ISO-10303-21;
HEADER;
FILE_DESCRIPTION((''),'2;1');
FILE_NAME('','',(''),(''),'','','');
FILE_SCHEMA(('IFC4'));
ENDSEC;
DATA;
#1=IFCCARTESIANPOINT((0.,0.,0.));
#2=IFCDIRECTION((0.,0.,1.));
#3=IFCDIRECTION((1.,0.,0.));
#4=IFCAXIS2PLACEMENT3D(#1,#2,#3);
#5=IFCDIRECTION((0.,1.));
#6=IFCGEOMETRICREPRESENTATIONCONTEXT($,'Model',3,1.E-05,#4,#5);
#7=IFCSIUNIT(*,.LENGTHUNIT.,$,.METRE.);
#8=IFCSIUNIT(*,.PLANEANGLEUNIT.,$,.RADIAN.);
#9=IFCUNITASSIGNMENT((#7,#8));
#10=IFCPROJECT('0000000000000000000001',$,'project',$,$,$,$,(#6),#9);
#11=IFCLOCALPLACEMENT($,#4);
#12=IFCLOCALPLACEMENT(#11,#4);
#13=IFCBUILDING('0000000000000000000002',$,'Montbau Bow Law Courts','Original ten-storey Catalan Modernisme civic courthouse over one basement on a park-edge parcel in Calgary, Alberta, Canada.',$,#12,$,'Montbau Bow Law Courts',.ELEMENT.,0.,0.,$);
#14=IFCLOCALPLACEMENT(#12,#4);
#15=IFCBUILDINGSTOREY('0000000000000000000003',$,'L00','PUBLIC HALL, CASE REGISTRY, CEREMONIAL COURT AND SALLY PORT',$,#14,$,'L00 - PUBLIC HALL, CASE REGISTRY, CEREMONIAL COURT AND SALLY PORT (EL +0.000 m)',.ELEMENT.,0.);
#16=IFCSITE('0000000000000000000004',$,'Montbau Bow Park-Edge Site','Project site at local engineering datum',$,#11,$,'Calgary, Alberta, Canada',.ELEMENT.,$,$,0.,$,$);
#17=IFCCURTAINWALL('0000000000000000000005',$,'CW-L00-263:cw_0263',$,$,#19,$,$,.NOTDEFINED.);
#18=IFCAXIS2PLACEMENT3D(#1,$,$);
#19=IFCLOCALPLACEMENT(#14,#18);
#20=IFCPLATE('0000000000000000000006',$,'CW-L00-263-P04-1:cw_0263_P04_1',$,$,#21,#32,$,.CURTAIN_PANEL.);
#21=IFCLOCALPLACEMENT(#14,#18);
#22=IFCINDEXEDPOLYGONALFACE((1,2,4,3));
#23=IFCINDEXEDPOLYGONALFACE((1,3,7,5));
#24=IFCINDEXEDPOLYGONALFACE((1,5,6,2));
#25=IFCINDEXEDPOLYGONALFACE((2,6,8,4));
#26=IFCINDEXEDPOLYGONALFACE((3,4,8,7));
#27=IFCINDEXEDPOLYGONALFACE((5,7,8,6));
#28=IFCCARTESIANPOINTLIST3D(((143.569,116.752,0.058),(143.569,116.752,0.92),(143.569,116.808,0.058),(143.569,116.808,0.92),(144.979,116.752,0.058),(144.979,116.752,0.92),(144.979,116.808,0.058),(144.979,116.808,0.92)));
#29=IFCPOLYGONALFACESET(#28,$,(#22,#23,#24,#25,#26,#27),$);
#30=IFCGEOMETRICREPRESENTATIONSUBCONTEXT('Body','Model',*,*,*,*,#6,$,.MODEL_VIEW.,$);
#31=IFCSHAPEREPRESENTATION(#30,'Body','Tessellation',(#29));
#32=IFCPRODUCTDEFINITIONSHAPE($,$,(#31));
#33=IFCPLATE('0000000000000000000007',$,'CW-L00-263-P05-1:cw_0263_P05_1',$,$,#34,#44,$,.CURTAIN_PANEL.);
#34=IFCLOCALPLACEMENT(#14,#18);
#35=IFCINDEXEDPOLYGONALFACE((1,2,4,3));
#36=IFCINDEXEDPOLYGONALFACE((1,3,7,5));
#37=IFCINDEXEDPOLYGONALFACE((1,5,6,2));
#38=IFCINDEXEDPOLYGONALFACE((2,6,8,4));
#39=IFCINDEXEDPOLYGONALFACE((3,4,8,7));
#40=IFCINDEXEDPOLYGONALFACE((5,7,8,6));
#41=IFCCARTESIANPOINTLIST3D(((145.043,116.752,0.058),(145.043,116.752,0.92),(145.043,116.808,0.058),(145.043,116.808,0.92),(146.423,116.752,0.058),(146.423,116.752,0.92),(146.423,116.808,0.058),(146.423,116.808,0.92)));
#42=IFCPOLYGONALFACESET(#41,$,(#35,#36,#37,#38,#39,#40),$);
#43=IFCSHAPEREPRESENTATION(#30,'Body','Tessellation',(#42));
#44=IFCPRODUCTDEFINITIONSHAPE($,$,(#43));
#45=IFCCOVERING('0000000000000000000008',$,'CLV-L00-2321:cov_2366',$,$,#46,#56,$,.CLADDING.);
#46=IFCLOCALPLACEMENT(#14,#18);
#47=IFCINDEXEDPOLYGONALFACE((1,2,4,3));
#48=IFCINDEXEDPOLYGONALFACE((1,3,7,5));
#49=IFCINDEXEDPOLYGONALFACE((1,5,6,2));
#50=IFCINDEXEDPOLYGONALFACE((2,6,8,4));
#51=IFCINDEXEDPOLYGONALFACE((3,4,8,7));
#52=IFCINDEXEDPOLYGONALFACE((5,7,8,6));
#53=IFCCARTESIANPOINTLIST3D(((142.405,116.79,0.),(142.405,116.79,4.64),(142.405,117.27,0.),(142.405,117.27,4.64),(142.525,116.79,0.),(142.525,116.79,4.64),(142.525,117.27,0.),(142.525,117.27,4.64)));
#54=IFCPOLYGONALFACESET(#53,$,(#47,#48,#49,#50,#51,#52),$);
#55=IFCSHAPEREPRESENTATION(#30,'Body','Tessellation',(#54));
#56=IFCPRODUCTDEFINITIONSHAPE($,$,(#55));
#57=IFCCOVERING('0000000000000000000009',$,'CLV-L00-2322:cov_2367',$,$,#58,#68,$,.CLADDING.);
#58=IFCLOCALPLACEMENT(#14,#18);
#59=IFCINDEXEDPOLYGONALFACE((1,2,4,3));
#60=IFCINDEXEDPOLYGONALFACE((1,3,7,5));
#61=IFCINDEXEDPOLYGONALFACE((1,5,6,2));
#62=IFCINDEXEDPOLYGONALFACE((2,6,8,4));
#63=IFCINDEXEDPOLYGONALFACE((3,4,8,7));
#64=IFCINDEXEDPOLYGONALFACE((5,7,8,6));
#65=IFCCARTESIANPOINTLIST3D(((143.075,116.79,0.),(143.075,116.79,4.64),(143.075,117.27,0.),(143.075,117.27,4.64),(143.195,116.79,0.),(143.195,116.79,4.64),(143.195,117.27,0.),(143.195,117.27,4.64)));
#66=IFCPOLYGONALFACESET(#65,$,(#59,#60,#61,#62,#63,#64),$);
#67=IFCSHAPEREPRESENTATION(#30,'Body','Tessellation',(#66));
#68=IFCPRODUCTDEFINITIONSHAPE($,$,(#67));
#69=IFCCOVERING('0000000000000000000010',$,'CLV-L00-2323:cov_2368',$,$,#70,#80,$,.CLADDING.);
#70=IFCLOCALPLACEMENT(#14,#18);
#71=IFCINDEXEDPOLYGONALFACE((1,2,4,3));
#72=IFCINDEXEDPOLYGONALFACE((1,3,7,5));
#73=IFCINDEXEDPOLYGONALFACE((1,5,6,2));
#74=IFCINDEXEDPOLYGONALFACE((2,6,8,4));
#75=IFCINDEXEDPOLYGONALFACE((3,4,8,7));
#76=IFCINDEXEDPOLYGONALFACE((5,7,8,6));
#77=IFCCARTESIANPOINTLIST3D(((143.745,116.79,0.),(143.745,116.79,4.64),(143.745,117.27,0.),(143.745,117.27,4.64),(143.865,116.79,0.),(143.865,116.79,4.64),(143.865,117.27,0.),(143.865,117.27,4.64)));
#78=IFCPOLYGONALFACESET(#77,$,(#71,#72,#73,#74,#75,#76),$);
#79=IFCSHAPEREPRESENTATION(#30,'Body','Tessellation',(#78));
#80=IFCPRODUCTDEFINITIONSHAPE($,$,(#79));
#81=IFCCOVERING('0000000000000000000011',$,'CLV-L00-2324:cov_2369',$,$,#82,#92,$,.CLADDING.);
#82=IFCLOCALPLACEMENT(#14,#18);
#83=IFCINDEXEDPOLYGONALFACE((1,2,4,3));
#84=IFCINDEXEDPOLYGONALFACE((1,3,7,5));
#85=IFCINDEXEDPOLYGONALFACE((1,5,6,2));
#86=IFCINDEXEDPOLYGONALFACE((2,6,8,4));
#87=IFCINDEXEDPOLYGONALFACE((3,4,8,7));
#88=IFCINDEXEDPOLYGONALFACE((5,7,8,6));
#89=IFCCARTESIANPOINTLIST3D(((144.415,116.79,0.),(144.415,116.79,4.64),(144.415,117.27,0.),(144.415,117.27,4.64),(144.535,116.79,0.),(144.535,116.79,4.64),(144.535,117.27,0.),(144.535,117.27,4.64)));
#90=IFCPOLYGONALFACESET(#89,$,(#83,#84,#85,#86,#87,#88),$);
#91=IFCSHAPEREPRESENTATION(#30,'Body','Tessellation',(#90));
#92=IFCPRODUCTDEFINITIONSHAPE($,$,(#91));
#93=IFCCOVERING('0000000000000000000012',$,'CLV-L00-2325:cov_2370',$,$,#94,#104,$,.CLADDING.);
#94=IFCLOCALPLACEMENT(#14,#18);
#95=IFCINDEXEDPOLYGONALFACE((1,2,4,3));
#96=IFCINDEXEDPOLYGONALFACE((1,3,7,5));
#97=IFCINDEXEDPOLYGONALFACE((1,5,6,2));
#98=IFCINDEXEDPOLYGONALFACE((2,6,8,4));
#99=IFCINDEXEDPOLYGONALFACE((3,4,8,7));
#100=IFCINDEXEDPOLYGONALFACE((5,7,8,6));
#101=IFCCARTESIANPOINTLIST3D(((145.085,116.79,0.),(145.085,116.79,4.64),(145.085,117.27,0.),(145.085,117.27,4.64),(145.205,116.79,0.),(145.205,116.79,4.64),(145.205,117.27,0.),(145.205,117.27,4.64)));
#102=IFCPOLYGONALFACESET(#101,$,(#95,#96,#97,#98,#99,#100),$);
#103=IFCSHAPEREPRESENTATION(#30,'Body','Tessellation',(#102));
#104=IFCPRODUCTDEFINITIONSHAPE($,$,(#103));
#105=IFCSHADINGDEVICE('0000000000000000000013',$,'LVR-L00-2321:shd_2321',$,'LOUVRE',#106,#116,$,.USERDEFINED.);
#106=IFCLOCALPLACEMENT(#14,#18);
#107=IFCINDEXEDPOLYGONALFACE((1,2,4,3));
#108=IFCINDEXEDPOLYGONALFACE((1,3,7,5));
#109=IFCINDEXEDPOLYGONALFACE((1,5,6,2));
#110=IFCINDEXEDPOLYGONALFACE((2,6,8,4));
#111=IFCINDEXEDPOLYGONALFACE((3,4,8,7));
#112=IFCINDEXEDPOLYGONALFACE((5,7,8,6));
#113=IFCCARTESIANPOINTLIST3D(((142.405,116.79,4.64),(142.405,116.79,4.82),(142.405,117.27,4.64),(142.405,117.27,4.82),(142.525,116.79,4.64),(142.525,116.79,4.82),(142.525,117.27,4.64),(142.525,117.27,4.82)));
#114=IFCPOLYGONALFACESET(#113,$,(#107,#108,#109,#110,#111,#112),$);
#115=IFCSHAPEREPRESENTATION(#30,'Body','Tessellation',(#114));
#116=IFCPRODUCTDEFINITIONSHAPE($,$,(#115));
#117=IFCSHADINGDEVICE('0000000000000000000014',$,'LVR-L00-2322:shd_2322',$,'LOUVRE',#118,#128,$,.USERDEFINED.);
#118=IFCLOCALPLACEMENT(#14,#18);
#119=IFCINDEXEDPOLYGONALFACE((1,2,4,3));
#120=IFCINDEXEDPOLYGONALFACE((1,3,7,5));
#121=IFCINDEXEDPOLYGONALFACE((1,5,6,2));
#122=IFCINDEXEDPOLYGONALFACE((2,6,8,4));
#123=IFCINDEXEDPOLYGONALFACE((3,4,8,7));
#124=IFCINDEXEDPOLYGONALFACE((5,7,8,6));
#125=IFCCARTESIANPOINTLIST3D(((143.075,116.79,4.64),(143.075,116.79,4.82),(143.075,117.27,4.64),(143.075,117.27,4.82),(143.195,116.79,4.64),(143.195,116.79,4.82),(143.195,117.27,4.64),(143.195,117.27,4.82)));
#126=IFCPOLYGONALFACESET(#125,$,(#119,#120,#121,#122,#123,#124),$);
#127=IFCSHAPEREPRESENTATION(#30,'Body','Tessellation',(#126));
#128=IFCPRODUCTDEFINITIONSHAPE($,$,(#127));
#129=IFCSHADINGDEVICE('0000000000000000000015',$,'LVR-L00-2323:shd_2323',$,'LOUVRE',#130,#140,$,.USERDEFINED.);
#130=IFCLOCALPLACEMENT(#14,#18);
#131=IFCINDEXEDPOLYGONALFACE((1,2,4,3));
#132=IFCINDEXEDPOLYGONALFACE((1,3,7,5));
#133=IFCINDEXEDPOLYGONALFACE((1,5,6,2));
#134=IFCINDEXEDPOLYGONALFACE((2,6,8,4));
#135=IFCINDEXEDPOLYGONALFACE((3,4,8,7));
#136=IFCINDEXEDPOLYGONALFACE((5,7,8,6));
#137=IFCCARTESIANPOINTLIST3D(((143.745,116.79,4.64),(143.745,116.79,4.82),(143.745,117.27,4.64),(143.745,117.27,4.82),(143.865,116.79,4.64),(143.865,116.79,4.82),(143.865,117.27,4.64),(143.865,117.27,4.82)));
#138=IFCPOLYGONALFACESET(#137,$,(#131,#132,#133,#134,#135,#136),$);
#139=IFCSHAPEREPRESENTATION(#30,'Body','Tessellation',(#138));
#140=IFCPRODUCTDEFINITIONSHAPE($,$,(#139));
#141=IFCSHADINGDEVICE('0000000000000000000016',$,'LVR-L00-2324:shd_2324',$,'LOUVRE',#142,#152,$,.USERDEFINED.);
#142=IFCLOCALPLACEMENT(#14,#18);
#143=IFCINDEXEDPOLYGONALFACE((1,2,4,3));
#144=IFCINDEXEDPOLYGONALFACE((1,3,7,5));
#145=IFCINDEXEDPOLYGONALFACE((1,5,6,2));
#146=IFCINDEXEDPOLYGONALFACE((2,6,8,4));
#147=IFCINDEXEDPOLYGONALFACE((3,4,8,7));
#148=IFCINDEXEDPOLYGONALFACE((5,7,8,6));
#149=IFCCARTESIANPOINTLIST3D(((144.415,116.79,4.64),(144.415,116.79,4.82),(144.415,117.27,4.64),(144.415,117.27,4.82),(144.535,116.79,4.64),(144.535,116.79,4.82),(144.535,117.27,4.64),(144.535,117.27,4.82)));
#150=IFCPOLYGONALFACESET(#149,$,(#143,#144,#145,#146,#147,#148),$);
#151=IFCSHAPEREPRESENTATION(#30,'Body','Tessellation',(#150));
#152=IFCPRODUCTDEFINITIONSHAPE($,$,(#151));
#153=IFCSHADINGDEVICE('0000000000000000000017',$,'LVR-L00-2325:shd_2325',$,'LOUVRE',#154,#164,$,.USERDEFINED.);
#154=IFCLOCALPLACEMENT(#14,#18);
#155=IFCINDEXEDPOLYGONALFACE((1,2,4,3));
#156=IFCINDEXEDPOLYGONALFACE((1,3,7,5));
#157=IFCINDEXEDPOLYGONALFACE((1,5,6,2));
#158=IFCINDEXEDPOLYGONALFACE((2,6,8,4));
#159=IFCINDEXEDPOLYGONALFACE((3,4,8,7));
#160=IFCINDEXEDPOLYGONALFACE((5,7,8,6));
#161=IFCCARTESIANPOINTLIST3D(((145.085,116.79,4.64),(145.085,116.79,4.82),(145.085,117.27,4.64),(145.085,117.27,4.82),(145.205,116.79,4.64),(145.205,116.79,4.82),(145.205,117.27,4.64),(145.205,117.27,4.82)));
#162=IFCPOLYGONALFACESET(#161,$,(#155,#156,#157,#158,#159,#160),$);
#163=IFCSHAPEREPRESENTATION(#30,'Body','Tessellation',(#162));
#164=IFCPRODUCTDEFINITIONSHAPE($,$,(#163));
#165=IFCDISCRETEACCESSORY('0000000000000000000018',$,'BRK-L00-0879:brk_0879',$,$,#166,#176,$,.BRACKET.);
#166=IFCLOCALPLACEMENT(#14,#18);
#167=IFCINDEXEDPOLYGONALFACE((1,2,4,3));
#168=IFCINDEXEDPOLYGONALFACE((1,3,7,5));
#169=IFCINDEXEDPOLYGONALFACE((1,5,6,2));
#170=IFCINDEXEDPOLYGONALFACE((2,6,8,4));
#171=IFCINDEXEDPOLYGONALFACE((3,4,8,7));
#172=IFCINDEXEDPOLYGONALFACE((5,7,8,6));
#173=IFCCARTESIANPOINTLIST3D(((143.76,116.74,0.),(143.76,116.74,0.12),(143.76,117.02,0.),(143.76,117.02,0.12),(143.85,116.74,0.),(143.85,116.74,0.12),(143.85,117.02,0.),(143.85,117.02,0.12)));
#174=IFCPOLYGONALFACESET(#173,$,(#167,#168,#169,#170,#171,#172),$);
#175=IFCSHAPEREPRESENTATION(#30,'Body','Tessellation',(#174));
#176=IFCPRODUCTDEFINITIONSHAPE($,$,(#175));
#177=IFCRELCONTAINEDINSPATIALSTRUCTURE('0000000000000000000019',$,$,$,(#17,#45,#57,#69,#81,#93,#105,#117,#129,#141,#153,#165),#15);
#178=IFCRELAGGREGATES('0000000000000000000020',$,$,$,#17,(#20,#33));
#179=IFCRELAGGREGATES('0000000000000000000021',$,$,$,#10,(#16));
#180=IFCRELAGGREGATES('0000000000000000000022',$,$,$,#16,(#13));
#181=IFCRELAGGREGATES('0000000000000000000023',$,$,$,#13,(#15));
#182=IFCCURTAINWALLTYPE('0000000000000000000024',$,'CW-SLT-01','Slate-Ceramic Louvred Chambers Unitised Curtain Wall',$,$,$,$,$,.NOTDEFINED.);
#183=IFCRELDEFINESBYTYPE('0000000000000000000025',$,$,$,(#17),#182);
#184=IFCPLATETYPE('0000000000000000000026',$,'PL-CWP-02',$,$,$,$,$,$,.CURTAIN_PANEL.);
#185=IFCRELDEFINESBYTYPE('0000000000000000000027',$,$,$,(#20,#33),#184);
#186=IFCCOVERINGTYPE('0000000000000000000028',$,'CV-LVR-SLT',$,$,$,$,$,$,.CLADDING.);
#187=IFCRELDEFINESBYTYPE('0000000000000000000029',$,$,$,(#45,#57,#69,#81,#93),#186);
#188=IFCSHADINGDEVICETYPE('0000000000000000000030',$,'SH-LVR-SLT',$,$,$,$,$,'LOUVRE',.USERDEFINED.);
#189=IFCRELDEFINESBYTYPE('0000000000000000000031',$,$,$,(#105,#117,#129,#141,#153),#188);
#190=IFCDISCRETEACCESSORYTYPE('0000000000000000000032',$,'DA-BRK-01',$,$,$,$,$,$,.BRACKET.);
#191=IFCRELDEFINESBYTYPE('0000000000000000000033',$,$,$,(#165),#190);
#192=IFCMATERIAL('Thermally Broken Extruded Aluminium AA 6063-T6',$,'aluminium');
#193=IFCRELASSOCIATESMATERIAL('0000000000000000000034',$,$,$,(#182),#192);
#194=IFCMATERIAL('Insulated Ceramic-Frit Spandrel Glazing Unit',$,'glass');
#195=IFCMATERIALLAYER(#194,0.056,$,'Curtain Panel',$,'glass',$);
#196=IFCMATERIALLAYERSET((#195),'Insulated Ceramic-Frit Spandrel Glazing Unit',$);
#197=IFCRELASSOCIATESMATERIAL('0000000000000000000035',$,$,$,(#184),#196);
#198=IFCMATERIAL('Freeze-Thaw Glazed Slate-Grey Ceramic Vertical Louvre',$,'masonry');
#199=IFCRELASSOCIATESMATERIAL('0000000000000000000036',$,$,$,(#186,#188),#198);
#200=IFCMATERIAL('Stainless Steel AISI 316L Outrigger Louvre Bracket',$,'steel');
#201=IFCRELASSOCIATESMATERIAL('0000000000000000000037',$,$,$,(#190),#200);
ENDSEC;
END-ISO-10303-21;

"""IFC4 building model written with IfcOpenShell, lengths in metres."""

from ifc_helpers import new_model, si_unit, direction, frame, frame_2d, origin_with_axes, origin_2d_with_axis, place, context, subcontext, project, spatial, rectangle, extrude, material, layer, layer_set, type_object, element, aggregate, save


model = new_model("IFC4")

# Units and contexts
model_context = context("Model", 3, precision=1e-05, world=origin_with_axes(), true_north=direction((0.0, 1.0)))
body_context = subcontext(model_context, "Body", "Model", "MODEL_VIEW")
ifc_project = project(units=[si_unit("LENGTHUNIT", "METRE"), si_unit("PLANEANGLEUNIT", "RADIAN")], contexts=[model_context])

# Site, building, storey
site_placement = place(None, origin_with_axes())
site = spatial("IfcSite", under=ifc_project, at=site_placement, Name="Montbau Bow Park-Edge Site", Description="Project site at local engineering datum", LongName="Calgary, Alberta, Canada", CompositionType="ELEMENT", RefElevation=0.0)
building_placement = place(site_placement, origin_with_axes())
building = spatial("IfcBuilding", under=site, at=building_placement, Name="Montbau Bow Law Courts", Description="Original ten-storey Catalan Modernisme civic courthouse over one basement on a park-edge parcel in Calgary, Alberta, Canada.", LongName="Montbau Bow Law Courts", CompositionType="ELEMENT", ElevationOfRefHeight=0.0, ElevationOfTerrain=0.0)
storey_placement = place(building_placement, origin_with_axes())
storey = spatial("IfcBuildingStorey", under=building, at=storey_placement, Name="L00", Description="PUBLIC HALL, CASE REGISTRY, CEREMONIAL COURT AND SALLY PORT", LongName="L00 - PUBLIC HALL, CASE REGISTRY, CEREMONIAL COURT AND SALLY PORT (EL +0.000 m)", CompositionType="ELEMENT", Elevation=0.0)

# Curtain wall, plates
ifc_material_1 = material(Name="Thermally Broken Extruded Aluminium AA 6063-T6", Category="aluminium")
curtain_wall_type = type_object("IfcCurtainWallType", Name="CW-SLT-01", Description="Slate-Ceramic Louvred Chambers Unitised Curtain Wall", PredefinedType="NOTDEFINED", material=ifc_material_1)
curtain_wall_placement = place(None, frame((139.115, 116.78, 0.0), z_axis=(0.0, 0.0, 1.0), x_axis=(1.0, 0.0, 0.0)))
curtain_wall = element("IfcCurtainWall", 1, at=curtain_wall_placement, inside=storey, type_object=curtain_wall_type, Name="CW-L00-263:cw_0263", PredefinedType="NOTDEFINED")
ifc_material_2 = material(Name="Insulated Ceramic-Frit Spandrel Glazing Unit", Category="glass")
ifc_layer_1 = layer(ifc_material_2, 0.056, Name="Curtain Panel", Category="glass")
ifc_layer_set_1 = layer_set([ifc_layer_1], Name="Insulated Ceramic-Frit Spandrel Glazing Unit")
plate_type_1 = type_object("IfcPlateType", Name="PL-CWP-02", PredefinedType="CURTAIN_PANEL", material=ifc_layer_set_1)
plate_1_placement = place(None, frame((143.569, 116.78, 0.058), z_axis=(0.0, -1.0, 0.0), x_axis=(1.0, 0.0, 0.0)))
plate_1 = element("IfcPlate", 2, at=plate_1_placement, type_object=plate_type_1, Name="CW-L00-263-P04-1:cw_0263_P04_1", PredefinedType="CURTAIN_PANEL", context=body_context, shape_type="SweptSolid", body=[
    extrude(rectangle(XDim=1.41, YDim=0.862, at=frame_2d((0.705, 0.431), x_axis=(1.0, 0.0))), frame((0.0, 0.0, -0.028), z_axis=(0.0, 0.0, 1.0), x_axis=(1.0, 0.0, 0.0)), (0.0, 0.0, 1.0), 0.056),
])
plate_2_placement = place(None, frame((145.043, 116.78, 0.058), z_axis=(0.0, -1.0, 0.0), x_axis=(1.0, 0.0, 0.0)))
plate_2 = element("IfcPlate", 3, at=plate_2_placement, type_object=plate_type_1, Name="CW-L00-263-P05-1:cw_0263_P05_1", PredefinedType="CURTAIN_PANEL", context=body_context, shape_type="SweptSolid", body=[
    extrude(rectangle(XDim=1.38, YDim=0.862, at=frame_2d((0.69, 0.431), x_axis=(1.0, 0.0))), frame((0.0, 0.0, -0.028), z_axis=(0.0, 0.0, 1.0), x_axis=(1.0, 0.0, 0.0)), (0.0, 0.0, 1.0), 0.056),
])
aggregate(curtain_wall, [plate_1, plate_2])

# Coverings
ifc_material_3 = material(Name="Freeze-Thaw Glazed Slate-Grey Ceramic Vertical Louvre", Category="masonry")
covering_type = type_object("IfcCoveringType", Name="CV-LVR-SLT", PredefinedType="CLADDING", material=ifc_material_3)
for number, where, z_axis, x_axis, name in (
    (4, (142.465, 116.79, 0.0), (1.0, 0.0, 0.0), (0.0, 1.0, 0.0), "CLV-L00-2321:cov_2366"),
    (5, (143.135, 116.79, 0.0), (1.0, 0.0, 0.0), (0.0, 1.0, 0.0), "CLV-L00-2322:cov_2367"),
    (6, (143.805, 116.79, 0.0), (1.0, 0.0, 0.0), (0.0, 1.0, 0.0), "CLV-L00-2323:cov_2368"),
    (7, (144.475, 116.79, 0.0), (1.0, 0.0, 0.0), (0.0, 1.0, 0.0), "CLV-L00-2324:cov_2369"),
    (8, (145.145, 116.79, 0.0), (1.0, 0.0, 0.0), (0.0, 1.0, 0.0), "CLV-L00-2325:cov_2370"),
):
    element("IfcCovering", number, at=place(None, frame(where, z_axis=z_axis, x_axis=x_axis)), inside=storey, type_object=covering_type, Name=name, PredefinedType="CLADDING", context=body_context, shape_type="SweptSolid", body=[
        extrude(rectangle(XDim=0.48, YDim=4.64, at=frame_2d((0.24, 2.32), x_axis=(1.0, 0.0))), frame((0.0, 0.0, -0.06), z_axis=(0.0, 0.0, 1.0), x_axis=(1.0, 0.0, 0.0)), (0.0, 0.0, 1.0), 0.12),
    ])

# Shading devices
shading_device_type = type_object("IfcShadingDeviceType", Name="SH-LVR-SLT", ElementType="LOUVRE", PredefinedType="USERDEFINED", material=ifc_material_3)
for number, where, z_axis, x_axis, name in (
    (9, (142.465, 117.03, 4.64), (0.0, 0.0, 1.0), (0.0, 1.0, 0.0), "LVR-L00-2321:shd_2321"),
    (10, (143.135, 117.03, 4.64), (0.0, 0.0, 1.0), (0.0, 1.0, 0.0), "LVR-L00-2322:shd_2322"),
    (11, (143.805, 117.03, 4.64), (0.0, 0.0, 1.0), (0.0, 1.0, 0.0), "LVR-L00-2323:shd_2323"),
    (12, (144.475, 117.03, 4.64), (0.0, 0.0, 1.0), (0.0, 1.0, 0.0), "LVR-L00-2324:shd_2324"),
    (13, (145.145, 117.03, 4.64), (0.0, 0.0, 1.0), (0.0, 1.0, 0.0), "LVR-L00-2325:shd_2325"),
):
    element("IfcShadingDevice", number, at=place(None, frame(where, z_axis=z_axis, x_axis=x_axis)), inside=storey, type_object=shading_device_type, Name=name, ObjectType="LOUVRE", PredefinedType="USERDEFINED", context=body_context, shape_type="SweptSolid", body=[
        extrude(rectangle(XDim=0.48, YDim=0.12, at=origin_2d_with_axis()), origin_with_axes(), (0.0, 0.0, 1.0), 0.18),
    ])

# Discrete accessory
ifc_material_4 = material(Name="Stainless Steel AISI 316L Outrigger Louvre Bracket", Category="steel")
discrete_accessory_type = type_object("IfcDiscreteAccessoryType", Name="DA-BRK-01", PredefinedType="BRACKET", material=ifc_material_4)
discrete_accessory_placement = place(None, frame((143.805, 116.88, 0.0), z_axis=(0.0, 0.0, 1.0), x_axis=(0.0, 1.0, 0.0)))
element("IfcDiscreteAccessory", 14, at=discrete_accessory_placement, inside=storey, type_object=discrete_accessory_type, Name="BRK-L00-0879:brk_0879", PredefinedType="BRACKET", context=body_context, shape_type="SweptSolid", body=[
    extrude(rectangle(XDim=0.28, YDim=0.09, at=origin_2d_with_axis()), origin_with_axes(), (0.0, 0.0, 1.0), 0.12),
])

save(model, "model.ifc")
